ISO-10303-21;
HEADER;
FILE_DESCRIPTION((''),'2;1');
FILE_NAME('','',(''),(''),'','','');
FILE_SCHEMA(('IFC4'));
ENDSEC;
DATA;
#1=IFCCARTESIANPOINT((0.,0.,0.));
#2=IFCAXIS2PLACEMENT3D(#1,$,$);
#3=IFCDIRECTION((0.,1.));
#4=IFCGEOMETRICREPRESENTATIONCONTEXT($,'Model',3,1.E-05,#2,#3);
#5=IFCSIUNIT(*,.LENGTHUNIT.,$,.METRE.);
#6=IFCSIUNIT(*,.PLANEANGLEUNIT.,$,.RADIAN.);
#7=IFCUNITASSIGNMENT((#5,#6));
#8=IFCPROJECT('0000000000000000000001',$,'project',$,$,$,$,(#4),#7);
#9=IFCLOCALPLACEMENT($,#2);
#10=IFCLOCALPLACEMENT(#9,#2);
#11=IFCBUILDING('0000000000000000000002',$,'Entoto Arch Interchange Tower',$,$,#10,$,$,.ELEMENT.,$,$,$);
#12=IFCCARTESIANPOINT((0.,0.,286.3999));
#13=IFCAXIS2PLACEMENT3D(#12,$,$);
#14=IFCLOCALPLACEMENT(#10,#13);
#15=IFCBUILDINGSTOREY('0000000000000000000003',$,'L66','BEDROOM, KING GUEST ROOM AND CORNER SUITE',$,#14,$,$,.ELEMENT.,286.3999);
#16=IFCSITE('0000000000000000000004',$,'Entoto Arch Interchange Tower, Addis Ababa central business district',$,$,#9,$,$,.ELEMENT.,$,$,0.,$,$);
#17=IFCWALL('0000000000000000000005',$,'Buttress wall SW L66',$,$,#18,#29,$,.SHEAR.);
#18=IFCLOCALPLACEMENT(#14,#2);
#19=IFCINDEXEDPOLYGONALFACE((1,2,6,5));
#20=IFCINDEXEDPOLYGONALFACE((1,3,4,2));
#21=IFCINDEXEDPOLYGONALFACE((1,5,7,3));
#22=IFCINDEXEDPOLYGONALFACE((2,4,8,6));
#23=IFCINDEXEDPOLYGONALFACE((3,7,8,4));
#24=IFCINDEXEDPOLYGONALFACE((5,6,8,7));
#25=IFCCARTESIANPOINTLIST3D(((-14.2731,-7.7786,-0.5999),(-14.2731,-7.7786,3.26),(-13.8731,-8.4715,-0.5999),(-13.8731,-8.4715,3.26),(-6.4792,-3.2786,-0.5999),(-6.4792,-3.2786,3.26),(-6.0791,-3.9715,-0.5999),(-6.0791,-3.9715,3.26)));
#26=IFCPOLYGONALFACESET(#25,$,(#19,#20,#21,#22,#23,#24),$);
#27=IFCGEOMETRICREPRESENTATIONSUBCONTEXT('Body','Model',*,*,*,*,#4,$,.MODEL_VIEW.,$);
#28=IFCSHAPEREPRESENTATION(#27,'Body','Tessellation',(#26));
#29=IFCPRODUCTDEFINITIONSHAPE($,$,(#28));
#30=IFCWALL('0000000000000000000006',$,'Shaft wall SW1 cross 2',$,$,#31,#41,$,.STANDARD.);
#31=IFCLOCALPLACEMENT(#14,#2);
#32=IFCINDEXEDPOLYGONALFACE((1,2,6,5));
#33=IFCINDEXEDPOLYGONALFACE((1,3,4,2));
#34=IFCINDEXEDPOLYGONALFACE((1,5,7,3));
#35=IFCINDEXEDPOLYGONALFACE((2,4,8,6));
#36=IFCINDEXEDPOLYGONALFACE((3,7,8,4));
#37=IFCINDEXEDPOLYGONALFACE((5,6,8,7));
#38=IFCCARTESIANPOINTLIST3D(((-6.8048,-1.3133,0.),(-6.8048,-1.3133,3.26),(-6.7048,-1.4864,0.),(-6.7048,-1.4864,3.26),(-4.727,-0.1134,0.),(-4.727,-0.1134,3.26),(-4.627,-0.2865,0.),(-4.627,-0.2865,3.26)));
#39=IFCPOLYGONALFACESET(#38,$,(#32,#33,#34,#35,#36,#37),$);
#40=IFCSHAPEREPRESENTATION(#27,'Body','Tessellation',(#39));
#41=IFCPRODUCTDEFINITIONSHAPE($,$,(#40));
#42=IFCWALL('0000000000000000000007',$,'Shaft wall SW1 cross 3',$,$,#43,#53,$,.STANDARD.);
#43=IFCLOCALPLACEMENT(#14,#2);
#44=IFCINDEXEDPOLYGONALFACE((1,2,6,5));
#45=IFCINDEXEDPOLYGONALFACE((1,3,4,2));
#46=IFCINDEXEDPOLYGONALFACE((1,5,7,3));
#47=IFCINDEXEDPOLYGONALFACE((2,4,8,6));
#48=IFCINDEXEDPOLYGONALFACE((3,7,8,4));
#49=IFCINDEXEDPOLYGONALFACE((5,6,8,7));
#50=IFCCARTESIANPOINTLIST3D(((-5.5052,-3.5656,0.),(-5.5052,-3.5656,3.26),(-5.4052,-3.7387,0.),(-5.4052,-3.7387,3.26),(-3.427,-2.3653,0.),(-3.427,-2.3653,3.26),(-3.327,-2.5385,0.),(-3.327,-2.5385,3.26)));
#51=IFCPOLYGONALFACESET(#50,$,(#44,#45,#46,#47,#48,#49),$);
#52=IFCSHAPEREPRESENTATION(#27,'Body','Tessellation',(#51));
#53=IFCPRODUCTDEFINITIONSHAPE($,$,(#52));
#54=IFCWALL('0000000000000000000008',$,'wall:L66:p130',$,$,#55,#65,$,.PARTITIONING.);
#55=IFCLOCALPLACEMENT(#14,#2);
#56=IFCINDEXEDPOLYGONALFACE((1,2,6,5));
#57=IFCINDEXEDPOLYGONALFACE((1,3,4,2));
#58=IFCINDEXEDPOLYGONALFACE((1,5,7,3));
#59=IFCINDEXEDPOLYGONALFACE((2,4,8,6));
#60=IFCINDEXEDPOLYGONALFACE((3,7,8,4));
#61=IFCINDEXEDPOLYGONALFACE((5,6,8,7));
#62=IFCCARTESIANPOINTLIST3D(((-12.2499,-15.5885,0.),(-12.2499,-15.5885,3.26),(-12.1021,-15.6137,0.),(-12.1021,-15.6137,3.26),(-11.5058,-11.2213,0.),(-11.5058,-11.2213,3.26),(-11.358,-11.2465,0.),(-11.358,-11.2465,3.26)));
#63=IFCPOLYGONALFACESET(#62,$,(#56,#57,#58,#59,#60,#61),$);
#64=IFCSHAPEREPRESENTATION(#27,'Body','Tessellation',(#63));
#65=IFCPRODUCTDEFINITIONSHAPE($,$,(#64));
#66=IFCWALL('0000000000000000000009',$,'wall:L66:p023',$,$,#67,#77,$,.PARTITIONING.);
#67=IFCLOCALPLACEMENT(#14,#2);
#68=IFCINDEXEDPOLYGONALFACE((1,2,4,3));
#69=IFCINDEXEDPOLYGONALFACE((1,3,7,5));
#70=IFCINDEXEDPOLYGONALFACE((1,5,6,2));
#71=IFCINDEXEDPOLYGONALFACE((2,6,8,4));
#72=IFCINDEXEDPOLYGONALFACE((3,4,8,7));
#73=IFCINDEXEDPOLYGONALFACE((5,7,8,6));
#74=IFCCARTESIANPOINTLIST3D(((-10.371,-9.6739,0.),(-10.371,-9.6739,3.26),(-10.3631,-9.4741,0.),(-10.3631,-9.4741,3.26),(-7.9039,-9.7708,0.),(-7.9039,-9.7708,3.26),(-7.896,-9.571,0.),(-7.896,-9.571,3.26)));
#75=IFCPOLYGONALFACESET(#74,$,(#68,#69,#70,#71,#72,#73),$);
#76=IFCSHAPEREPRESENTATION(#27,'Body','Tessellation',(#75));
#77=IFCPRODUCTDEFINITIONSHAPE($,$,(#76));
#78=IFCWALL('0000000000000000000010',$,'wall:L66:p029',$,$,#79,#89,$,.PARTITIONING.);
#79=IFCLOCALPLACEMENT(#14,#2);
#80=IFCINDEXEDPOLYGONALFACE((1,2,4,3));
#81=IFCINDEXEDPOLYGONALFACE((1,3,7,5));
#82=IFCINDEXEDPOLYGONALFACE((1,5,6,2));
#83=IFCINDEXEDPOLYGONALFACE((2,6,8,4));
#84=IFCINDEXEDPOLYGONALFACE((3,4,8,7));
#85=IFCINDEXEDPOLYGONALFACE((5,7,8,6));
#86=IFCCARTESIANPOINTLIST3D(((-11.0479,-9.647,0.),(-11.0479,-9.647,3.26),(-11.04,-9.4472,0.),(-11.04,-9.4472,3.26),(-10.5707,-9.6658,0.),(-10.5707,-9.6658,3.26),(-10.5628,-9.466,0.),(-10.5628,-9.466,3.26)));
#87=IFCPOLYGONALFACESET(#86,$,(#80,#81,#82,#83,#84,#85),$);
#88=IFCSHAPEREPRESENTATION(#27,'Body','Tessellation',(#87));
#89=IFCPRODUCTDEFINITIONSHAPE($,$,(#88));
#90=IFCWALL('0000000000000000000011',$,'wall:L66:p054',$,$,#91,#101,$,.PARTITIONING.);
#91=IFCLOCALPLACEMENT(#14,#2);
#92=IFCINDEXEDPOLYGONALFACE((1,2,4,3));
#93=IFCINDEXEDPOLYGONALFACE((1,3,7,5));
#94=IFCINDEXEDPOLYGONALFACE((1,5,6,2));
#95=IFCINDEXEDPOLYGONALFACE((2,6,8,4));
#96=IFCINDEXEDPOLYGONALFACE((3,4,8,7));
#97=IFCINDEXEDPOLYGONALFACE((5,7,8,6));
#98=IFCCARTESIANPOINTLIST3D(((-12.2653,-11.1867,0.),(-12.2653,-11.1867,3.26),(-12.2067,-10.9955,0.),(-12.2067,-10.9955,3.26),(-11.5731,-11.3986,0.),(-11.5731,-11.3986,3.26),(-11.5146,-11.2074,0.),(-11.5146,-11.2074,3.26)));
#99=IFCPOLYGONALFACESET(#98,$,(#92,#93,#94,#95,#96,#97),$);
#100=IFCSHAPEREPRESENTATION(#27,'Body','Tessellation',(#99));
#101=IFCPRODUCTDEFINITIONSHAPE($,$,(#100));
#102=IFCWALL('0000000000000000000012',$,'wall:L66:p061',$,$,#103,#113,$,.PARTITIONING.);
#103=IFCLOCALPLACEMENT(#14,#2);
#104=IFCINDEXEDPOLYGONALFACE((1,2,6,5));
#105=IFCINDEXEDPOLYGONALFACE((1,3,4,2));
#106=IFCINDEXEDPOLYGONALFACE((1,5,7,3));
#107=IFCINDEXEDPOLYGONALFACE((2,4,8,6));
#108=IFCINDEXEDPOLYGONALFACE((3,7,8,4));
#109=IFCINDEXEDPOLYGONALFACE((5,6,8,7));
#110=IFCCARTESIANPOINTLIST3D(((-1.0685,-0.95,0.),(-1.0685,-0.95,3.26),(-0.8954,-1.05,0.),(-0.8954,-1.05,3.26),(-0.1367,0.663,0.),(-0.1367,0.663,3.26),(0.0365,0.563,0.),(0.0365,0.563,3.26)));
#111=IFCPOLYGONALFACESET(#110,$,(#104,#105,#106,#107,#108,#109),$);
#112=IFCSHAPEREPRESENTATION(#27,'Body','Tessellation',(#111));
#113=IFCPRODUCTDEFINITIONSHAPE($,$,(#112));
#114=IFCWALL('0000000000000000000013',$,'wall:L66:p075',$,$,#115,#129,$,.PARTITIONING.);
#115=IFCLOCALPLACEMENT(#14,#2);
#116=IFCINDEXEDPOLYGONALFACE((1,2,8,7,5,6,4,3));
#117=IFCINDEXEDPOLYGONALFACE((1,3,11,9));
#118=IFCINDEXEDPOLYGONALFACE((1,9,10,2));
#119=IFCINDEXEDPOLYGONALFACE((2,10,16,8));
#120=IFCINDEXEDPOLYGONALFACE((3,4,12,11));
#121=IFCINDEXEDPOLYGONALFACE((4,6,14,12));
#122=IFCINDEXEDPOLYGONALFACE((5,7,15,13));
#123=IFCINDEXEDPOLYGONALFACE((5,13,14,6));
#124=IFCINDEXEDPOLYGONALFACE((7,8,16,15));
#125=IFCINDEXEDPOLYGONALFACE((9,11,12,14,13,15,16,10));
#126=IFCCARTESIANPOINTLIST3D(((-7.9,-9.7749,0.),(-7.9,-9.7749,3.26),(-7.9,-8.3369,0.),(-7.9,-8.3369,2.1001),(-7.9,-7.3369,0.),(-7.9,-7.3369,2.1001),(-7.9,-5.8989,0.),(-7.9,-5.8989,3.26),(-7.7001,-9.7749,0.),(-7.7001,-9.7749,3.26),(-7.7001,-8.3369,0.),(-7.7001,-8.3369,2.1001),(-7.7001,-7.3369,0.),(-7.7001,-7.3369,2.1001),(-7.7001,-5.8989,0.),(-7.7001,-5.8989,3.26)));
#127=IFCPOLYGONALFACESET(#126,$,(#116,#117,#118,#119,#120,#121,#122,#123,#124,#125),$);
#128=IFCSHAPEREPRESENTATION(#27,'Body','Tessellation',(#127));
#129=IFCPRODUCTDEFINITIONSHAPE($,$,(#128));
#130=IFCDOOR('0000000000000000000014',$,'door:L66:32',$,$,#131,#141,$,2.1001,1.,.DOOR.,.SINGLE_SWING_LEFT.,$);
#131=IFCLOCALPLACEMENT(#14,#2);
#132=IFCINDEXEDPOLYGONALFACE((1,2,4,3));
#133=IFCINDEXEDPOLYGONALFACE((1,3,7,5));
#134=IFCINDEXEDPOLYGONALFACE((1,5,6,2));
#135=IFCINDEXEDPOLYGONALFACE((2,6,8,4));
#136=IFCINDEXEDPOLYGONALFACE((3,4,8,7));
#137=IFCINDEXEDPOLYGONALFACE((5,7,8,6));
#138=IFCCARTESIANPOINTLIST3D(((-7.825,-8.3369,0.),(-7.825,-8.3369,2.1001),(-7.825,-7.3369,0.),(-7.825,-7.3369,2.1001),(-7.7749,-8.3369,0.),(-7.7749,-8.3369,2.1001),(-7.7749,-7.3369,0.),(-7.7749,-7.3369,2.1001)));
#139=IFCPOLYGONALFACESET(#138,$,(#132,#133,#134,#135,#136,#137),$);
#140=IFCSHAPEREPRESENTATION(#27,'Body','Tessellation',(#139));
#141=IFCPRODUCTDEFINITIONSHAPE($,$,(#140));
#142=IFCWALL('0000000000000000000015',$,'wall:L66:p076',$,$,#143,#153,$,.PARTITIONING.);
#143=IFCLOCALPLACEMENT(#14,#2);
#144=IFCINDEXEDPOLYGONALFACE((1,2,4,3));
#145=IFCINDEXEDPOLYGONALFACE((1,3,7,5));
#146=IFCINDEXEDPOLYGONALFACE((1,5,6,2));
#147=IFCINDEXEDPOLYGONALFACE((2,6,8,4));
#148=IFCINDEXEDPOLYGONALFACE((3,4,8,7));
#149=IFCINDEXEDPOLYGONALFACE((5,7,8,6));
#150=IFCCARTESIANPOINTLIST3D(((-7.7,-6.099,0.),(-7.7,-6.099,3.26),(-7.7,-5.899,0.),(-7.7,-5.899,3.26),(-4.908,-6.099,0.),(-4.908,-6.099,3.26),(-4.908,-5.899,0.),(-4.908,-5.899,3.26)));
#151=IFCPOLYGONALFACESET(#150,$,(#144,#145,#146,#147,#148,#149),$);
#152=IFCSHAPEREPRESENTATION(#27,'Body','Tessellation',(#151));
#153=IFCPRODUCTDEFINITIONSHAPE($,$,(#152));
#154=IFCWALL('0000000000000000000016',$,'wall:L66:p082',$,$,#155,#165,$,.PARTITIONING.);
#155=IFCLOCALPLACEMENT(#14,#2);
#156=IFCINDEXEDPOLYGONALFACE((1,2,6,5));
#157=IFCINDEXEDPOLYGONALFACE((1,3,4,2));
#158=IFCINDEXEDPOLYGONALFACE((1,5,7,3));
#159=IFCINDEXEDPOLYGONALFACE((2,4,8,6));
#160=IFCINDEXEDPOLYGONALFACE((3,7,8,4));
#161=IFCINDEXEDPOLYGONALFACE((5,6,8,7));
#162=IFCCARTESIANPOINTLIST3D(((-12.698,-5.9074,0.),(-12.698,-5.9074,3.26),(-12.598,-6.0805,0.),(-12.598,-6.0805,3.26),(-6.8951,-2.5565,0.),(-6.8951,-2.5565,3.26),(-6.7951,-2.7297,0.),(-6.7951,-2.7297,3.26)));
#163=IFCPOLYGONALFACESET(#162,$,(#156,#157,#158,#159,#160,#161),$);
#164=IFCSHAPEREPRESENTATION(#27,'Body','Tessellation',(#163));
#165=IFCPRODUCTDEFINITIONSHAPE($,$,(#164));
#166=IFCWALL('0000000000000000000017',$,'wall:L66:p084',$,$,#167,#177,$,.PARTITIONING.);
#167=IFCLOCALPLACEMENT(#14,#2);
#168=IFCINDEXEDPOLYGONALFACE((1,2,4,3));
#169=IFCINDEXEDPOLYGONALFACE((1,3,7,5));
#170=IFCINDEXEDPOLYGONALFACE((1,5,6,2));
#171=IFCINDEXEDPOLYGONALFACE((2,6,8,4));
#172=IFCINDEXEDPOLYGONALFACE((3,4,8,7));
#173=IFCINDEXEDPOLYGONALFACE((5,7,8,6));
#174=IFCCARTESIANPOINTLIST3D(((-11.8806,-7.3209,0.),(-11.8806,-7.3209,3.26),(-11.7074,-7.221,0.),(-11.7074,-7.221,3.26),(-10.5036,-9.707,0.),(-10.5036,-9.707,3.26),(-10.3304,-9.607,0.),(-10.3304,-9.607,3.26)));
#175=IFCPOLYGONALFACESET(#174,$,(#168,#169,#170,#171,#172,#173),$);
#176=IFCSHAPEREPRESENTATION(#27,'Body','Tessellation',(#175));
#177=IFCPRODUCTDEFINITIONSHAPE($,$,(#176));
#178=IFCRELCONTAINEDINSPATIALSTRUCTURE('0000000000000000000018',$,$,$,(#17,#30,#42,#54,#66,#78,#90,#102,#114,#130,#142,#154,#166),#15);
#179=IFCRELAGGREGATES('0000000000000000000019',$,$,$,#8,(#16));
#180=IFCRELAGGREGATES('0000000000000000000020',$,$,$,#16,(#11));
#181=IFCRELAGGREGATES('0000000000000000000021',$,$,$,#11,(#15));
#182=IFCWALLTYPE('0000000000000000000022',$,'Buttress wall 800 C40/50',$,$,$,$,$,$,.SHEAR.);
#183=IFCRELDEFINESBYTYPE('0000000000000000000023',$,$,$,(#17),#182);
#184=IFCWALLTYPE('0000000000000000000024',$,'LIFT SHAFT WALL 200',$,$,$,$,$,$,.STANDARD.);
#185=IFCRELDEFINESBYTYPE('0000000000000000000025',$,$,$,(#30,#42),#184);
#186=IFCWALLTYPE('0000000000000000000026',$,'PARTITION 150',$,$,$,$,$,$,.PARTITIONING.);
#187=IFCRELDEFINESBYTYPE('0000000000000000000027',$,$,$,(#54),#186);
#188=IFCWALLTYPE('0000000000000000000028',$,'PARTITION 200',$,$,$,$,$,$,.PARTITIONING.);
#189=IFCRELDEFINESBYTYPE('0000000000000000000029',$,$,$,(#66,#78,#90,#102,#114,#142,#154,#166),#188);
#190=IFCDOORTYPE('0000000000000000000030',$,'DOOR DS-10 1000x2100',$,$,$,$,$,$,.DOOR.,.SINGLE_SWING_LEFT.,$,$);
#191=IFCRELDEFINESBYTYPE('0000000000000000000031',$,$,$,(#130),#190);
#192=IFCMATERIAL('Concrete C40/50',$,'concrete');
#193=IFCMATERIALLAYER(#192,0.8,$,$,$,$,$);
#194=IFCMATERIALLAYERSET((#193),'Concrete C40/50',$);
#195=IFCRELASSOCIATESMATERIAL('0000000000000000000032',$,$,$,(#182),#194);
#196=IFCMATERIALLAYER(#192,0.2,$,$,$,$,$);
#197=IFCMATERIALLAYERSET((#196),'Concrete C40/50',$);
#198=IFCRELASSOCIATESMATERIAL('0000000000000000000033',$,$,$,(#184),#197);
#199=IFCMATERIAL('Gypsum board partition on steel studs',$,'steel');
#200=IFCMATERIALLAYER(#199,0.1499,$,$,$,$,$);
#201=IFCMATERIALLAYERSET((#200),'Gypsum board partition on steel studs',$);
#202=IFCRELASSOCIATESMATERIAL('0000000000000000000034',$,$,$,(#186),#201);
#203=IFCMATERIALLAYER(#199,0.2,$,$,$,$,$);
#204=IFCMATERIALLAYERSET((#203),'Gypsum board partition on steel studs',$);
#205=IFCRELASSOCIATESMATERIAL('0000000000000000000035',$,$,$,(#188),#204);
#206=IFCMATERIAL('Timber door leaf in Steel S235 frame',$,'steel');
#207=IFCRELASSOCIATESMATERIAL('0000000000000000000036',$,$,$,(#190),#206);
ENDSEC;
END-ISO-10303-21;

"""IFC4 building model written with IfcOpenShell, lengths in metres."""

from ifc_helpers import new_model, si_unit, direction, frame, frame_2d, origin, place, context, subcontext, project, spatial, rectangle, extrude, material, layer, layer_set, type_object, element, fill, save


model = new_model("IFC4")

# Units and contexts
model_context = context("Model", 3, precision=1e-05, world=origin(), true_north=direction((0.0, 1.0)))
body_context = subcontext(model_context, "Body", "Model", "MODEL_VIEW")
ifc_project = project(units=[si_unit("LENGTHUNIT", "METRE"), si_unit("PLANEANGLEUNIT", "RADIAN")], contexts=[model_context])

# Site, building, storey
site_placement = place(None, origin())
site = spatial("IfcSite", under=ifc_project, at=site_placement, Name="Entoto Arch Interchange Tower, Addis Ababa central business district", CompositionType="ELEMENT", RefElevation=0.0)
building_placement = place(site_placement, origin())
building = spatial("IfcBuilding", under=site, at=building_placement, Name="Entoto Arch Interchange Tower", CompositionType="ELEMENT")
storey_placement = place(building_placement, frame((0.0, 0.0, 286.3999)))
storey = spatial("IfcBuildingStorey", under=building, at=storey_placement, Name="L66", Description="BEDROOM, KING GUEST ROOM AND CORNER SUITE", CompositionType="ELEMENT", Elevation=286.3999)

# Walls
ifc_material_1 = material(Name="Concrete C40/50", Category="concrete")
ifc_layer_1 = layer(ifc_material_1, 0.8)
ifc_layer_set_1 = layer_set([ifc_layer_1], Name="Concrete C40/50")
wall_type_1 = type_object("IfcWallType", Name="Buttress wall 800 C40/50", PredefinedType="SHEAR", material=ifc_layer_set_1)
wall_1_placement = place(storey_placement, frame((-6.2791, -3.625, -0.5999), z_axis=(0.0, 0.0, 1.0), x_axis=(-0.866018, -0.500014, 0.0)))
element("IfcWall", 1, at=wall_1_placement, inside=storey, type_object=wall_type_1, Name="Buttress wall SW L66", PredefinedType="SHEAR", context=body_context, shape_type="SweptSolid", body=[
    extrude(rectangle(XDim=8.9998, YDim=0.8, at=frame_2d((4.5, 0.0))), origin(), (0.0, 0.0, 1.0), 3.8599),
])
ifc_layer_2 = layer(ifc_material_1, 0.2)
ifc_layer_set_2 = layer_set([ifc_layer_2], Name="Concrete C40/50")
wall_type_2 = type_object("IfcWallType", Name="LIFT SHAFT WALL 200", PredefinedType="STANDARD", material=ifc_layer_set_2)
wall_2_placement = place(storey_placement, frame((-4.677, -0.2, 0.0), z_axis=(0.0, 0.0, 1.0), x_axis=(-0.865974, -0.500089, 0.0)))
element("IfcWall", 2, at=wall_2_placement, inside=storey, type_object=wall_type_2, Name="Shaft wall SW1 cross 2", PredefinedType="STANDARD", context=body_context, shape_type="SweptSolid", body=[
    extrude(rectangle(XDim=2.3994, YDim=0.2, at=frame_2d((1.1997, 0.0))), origin(), (0.0, 0.0, 1.0), 3.26),
])
wall_3_placement = place(storey_placement, frame((-3.377, -2.4519, 0.0), z_axis=(0.0, 0.0, 1.0), x_axis=(-0.865955, -0.500122, 0.0)))
element("IfcWall", 3, at=wall_3_placement, inside=storey, type_object=wall_type_2, Name="Shaft wall SW1 cross 3", PredefinedType="STANDARD", context=body_context, shape_type="SweptSolid", body=[
    extrude(rectangle(XDim=2.3999, YDim=0.2, at=frame_2d((1.2, 0.0))), origin(), (0.0, 0.0, 1.0), 3.26),
])
ifc_material_2 = material(Name="Gypsum board partition on steel studs", Category="steel")
ifc_layer_3 = layer(ifc_material_2, 0.1499)
ifc_layer_set_3 = layer_set([ifc_layer_3], Name="Gypsum board partition on steel studs")
wall_type_3 = type_object("IfcWallType", Name="PARTITION 150", PredefinedType="PARTITIONING", material=ifc_layer_set_3)
wall_4_placement = place(storey_placement, frame((-11.4319, -11.2339, 0.0), z_axis=(0.0, 0.0, 1.0), x_axis=(-0.167973, -0.985792, 0.0)))
element("IfcWall", 4, at=wall_4_placement, inside=storey, type_object=wall_type_3, Name="wall:L66:p130", PredefinedType="PARTITIONING", context=body_context, shape_type="SweptSolid", body=[
    extrude(rectangle(XDim=4.4302, YDim=0.1499, at=frame_2d((2.2151, 0.0))), origin(), (0.0, 0.0, 1.0), 3.26),
])
ifc_layer_4 = layer(ifc_material_2, 0.2)
ifc_layer_set_4 = layer_set([ifc_layer_4], Name="Gypsum board partition on steel studs")
wall_type_4 = type_object("IfcWallType", Name="PARTITION 200", PredefinedType="PARTITIONING", material=ifc_layer_set_4)
wall_5_placement = place(storey_placement, frame((-10.3669, -9.574, 0.0), z_axis=(0.0, 0.0, 1.0), x_axis=(0.999229, -0.039257, 0.0)))
element("IfcWall", 5, at=wall_5_placement, inside=storey, type_object=wall_type_4, Name="wall:L66:p023", PredefinedType="PARTITIONING", context=body_context, shape_type="SweptSolid", body=[
    extrude(rectangle(XDim=2.469, YDim=0.2, at=frame_2d((1.2344, 0.0))), origin(), (0.0, 0.0, 1.0), 3.26),
])
wall_6_placement = place(storey_placement, frame((-11.0439, -9.5471, 0.0), z_axis=(0.0, 0.0, 1.0), x_axis=(0.999224, -0.039376, 0.0)))
element("IfcWall", 6, at=wall_6_placement, inside=storey, type_object=wall_type_4, Name="wall:L66:p029", PredefinedType="PARTITIONING", context=body_context, shape_type="SweptSolid", body=[
    extrude(rectangle(XDim=0.4775, YDim=0.2, at=frame_2d((0.2388, 0.0))), origin(), (0.0, 0.0, 1.0), 3.26),
])
wall_7_placement = place(storey_placement, frame((-11.5439, -11.303, 0.0), z_axis=(0.0, 0.0, 1.0), x_axis=(-0.956186, 0.292758, 0.0)))
element("IfcWall", 7, at=wall_7_placement, inside=storey, type_object=wall_type_4, Name="wall:L66:p054", PredefinedType="PARTITIONING", context=body_context, shape_type="SweptSolid", body=[
    extrude(rectangle(XDim=0.7239, YDim=0.2, at=frame_2d((0.3618, 0.0))), origin(), (0.0, 0.0, 1.0), 3.26),
])
wall_8_placement = place(storey_placement, frame((-0.9819, -1.0, 0.0), z_axis=(0.0, 0.0, 1.0), x_axis=(0.50024, 0.865887, 0.0)))
element("IfcWall", 8, at=wall_8_placement, inside=storey, type_object=wall_type_4, Name="wall:L66:p061", PredefinedType="PARTITIONING", context=body_context, shape_type="SweptSolid", body=[
    extrude(rectangle(XDim=1.8628, YDim=0.2, at=frame_2d((0.9314, 0.0))), origin(), (0.0, 0.0, 1.0), 3.26),
])

# Wall, opening, door
wall_9_placement = place(storey_placement, frame((-7.8, -9.7749, 0.0), z_axis=(0.0, 0.0, 1.0), x_axis=(0.0, 1.0, 0.0)))
wall_9 = element("IfcWall", 9, at=wall_9_placement, inside=storey, type_object=wall_type_4, Name="wall:L66:p075", PredefinedType="PARTITIONING", context=body_context, shape_type="SweptSolid", body=[
    extrude(rectangle(XDim=3.876, YDim=0.2, at=frame_2d((1.938, 0.0))), origin(), (0.0, 0.0, 1.0), 3.26),
])
opening_1_placement = place(wall_9_placement, frame((1.438, 0.0, 0.0)))
opening_1 = element("IfcOpeningElement", 10, at=opening_1_placement, cuts=wall_9, PredefinedType="OPENING", context=body_context, shape_type="SweptSolid", body=[
    extrude(rectangle(XDim=1.0, YDim=2.1001, at=frame_2d((0.5, 1.05))), frame((0.0, 0.1099, 0.0), z_axis=(0.0, -1.0, 0.0), x_axis=(1.0, 0.0, 0.0)), (0.0, 0.0, 1.0), 0.22),
])
ifc_material_3 = material(Name="Timber door leaf in Steel S235 frame", Category="steel")
door_type_1 = type_object("IfcDoorType", Name="DOOR DS-10 1000x2100", OperationType="SINGLE_SWING_LEFT", PredefinedType="DOOR", material=ifc_material_3)
door_1_placement = place(opening_1_placement, origin())
door_1 = element("IfcDoor", 11, at=door_1_placement, inside=storey, type_object=door_type_1, Name="door:L66:32", OperationType="SINGLE_SWING_LEFT", OverallHeight=2.1001, OverallWidth=1.0, PredefinedType="DOOR", context=body_context, shape_type="SweptSolid", body=[
    extrude(rectangle(XDim=1.0, YDim=2.1001, at=frame_2d((0.5, 1.05))), frame((0.0, 0.0249, 0.0), z_axis=(0.0, -1.0, 0.0), x_axis=(1.0, 0.0, 0.0)), (0.0, 0.0, 1.0), 0.05),
])
fill(opening_1, door_1)

# Walls
wall_10_placement = place(storey_placement, frame((-7.7, -5.999, 0.0), z_axis=(0.0, 0.0, 1.0), x_axis=(1.0, 0.0, 0.0)))
element("IfcWall", 12, at=wall_10_placement, inside=storey, type_object=wall_type_4, Name="wall:L66:p076", PredefinedType="PARTITIONING", context=body_context, shape_type="SweptSolid", body=[
    extrude(rectangle(XDim=2.792, YDim=0.2, at=frame_2d((1.396, 0.0))), origin(), (0.0, 0.0, 1.0), 3.26),
])
wall_11_placement = place(storey_placement, frame((-6.845, -2.6431, 0.0), z_axis=(0.0, 0.0, 1.0), x_axis=(-0.865994, -0.500054, 0.0)))
element("IfcWall", 13, at=wall_11_placement, inside=storey, type_object=wall_type_4, Name="wall:L66:p082", PredefinedType="PARTITIONING", context=body_context, shape_type="SweptSolid", body=[
    extrude(rectangle(XDim=6.7009, YDim=0.2, at=frame_2d((3.3506, 0.0))), origin(), (0.0, 0.0, 1.0), 3.26),
])
wall_12_placement = place(storey_placement, frame((-10.417, -9.657, 0.0), z_axis=(0.0, 0.0, 1.0), x_axis=(-0.499838, 0.866119, 0.0)))
element("IfcWall", 14, at=wall_12_placement, inside=storey, type_object=wall_type_4, Name="wall:L66:p084", PredefinedType="PARTITIONING", context=body_context, shape_type="SweptSolid", body=[
    extrude(rectangle(XDim=2.7549, YDim=0.2, at=frame_2d((1.3774, 0.0))), origin(), (0.0, 0.0, 1.0), 3.26),
])

save(model, "model.ifc")
